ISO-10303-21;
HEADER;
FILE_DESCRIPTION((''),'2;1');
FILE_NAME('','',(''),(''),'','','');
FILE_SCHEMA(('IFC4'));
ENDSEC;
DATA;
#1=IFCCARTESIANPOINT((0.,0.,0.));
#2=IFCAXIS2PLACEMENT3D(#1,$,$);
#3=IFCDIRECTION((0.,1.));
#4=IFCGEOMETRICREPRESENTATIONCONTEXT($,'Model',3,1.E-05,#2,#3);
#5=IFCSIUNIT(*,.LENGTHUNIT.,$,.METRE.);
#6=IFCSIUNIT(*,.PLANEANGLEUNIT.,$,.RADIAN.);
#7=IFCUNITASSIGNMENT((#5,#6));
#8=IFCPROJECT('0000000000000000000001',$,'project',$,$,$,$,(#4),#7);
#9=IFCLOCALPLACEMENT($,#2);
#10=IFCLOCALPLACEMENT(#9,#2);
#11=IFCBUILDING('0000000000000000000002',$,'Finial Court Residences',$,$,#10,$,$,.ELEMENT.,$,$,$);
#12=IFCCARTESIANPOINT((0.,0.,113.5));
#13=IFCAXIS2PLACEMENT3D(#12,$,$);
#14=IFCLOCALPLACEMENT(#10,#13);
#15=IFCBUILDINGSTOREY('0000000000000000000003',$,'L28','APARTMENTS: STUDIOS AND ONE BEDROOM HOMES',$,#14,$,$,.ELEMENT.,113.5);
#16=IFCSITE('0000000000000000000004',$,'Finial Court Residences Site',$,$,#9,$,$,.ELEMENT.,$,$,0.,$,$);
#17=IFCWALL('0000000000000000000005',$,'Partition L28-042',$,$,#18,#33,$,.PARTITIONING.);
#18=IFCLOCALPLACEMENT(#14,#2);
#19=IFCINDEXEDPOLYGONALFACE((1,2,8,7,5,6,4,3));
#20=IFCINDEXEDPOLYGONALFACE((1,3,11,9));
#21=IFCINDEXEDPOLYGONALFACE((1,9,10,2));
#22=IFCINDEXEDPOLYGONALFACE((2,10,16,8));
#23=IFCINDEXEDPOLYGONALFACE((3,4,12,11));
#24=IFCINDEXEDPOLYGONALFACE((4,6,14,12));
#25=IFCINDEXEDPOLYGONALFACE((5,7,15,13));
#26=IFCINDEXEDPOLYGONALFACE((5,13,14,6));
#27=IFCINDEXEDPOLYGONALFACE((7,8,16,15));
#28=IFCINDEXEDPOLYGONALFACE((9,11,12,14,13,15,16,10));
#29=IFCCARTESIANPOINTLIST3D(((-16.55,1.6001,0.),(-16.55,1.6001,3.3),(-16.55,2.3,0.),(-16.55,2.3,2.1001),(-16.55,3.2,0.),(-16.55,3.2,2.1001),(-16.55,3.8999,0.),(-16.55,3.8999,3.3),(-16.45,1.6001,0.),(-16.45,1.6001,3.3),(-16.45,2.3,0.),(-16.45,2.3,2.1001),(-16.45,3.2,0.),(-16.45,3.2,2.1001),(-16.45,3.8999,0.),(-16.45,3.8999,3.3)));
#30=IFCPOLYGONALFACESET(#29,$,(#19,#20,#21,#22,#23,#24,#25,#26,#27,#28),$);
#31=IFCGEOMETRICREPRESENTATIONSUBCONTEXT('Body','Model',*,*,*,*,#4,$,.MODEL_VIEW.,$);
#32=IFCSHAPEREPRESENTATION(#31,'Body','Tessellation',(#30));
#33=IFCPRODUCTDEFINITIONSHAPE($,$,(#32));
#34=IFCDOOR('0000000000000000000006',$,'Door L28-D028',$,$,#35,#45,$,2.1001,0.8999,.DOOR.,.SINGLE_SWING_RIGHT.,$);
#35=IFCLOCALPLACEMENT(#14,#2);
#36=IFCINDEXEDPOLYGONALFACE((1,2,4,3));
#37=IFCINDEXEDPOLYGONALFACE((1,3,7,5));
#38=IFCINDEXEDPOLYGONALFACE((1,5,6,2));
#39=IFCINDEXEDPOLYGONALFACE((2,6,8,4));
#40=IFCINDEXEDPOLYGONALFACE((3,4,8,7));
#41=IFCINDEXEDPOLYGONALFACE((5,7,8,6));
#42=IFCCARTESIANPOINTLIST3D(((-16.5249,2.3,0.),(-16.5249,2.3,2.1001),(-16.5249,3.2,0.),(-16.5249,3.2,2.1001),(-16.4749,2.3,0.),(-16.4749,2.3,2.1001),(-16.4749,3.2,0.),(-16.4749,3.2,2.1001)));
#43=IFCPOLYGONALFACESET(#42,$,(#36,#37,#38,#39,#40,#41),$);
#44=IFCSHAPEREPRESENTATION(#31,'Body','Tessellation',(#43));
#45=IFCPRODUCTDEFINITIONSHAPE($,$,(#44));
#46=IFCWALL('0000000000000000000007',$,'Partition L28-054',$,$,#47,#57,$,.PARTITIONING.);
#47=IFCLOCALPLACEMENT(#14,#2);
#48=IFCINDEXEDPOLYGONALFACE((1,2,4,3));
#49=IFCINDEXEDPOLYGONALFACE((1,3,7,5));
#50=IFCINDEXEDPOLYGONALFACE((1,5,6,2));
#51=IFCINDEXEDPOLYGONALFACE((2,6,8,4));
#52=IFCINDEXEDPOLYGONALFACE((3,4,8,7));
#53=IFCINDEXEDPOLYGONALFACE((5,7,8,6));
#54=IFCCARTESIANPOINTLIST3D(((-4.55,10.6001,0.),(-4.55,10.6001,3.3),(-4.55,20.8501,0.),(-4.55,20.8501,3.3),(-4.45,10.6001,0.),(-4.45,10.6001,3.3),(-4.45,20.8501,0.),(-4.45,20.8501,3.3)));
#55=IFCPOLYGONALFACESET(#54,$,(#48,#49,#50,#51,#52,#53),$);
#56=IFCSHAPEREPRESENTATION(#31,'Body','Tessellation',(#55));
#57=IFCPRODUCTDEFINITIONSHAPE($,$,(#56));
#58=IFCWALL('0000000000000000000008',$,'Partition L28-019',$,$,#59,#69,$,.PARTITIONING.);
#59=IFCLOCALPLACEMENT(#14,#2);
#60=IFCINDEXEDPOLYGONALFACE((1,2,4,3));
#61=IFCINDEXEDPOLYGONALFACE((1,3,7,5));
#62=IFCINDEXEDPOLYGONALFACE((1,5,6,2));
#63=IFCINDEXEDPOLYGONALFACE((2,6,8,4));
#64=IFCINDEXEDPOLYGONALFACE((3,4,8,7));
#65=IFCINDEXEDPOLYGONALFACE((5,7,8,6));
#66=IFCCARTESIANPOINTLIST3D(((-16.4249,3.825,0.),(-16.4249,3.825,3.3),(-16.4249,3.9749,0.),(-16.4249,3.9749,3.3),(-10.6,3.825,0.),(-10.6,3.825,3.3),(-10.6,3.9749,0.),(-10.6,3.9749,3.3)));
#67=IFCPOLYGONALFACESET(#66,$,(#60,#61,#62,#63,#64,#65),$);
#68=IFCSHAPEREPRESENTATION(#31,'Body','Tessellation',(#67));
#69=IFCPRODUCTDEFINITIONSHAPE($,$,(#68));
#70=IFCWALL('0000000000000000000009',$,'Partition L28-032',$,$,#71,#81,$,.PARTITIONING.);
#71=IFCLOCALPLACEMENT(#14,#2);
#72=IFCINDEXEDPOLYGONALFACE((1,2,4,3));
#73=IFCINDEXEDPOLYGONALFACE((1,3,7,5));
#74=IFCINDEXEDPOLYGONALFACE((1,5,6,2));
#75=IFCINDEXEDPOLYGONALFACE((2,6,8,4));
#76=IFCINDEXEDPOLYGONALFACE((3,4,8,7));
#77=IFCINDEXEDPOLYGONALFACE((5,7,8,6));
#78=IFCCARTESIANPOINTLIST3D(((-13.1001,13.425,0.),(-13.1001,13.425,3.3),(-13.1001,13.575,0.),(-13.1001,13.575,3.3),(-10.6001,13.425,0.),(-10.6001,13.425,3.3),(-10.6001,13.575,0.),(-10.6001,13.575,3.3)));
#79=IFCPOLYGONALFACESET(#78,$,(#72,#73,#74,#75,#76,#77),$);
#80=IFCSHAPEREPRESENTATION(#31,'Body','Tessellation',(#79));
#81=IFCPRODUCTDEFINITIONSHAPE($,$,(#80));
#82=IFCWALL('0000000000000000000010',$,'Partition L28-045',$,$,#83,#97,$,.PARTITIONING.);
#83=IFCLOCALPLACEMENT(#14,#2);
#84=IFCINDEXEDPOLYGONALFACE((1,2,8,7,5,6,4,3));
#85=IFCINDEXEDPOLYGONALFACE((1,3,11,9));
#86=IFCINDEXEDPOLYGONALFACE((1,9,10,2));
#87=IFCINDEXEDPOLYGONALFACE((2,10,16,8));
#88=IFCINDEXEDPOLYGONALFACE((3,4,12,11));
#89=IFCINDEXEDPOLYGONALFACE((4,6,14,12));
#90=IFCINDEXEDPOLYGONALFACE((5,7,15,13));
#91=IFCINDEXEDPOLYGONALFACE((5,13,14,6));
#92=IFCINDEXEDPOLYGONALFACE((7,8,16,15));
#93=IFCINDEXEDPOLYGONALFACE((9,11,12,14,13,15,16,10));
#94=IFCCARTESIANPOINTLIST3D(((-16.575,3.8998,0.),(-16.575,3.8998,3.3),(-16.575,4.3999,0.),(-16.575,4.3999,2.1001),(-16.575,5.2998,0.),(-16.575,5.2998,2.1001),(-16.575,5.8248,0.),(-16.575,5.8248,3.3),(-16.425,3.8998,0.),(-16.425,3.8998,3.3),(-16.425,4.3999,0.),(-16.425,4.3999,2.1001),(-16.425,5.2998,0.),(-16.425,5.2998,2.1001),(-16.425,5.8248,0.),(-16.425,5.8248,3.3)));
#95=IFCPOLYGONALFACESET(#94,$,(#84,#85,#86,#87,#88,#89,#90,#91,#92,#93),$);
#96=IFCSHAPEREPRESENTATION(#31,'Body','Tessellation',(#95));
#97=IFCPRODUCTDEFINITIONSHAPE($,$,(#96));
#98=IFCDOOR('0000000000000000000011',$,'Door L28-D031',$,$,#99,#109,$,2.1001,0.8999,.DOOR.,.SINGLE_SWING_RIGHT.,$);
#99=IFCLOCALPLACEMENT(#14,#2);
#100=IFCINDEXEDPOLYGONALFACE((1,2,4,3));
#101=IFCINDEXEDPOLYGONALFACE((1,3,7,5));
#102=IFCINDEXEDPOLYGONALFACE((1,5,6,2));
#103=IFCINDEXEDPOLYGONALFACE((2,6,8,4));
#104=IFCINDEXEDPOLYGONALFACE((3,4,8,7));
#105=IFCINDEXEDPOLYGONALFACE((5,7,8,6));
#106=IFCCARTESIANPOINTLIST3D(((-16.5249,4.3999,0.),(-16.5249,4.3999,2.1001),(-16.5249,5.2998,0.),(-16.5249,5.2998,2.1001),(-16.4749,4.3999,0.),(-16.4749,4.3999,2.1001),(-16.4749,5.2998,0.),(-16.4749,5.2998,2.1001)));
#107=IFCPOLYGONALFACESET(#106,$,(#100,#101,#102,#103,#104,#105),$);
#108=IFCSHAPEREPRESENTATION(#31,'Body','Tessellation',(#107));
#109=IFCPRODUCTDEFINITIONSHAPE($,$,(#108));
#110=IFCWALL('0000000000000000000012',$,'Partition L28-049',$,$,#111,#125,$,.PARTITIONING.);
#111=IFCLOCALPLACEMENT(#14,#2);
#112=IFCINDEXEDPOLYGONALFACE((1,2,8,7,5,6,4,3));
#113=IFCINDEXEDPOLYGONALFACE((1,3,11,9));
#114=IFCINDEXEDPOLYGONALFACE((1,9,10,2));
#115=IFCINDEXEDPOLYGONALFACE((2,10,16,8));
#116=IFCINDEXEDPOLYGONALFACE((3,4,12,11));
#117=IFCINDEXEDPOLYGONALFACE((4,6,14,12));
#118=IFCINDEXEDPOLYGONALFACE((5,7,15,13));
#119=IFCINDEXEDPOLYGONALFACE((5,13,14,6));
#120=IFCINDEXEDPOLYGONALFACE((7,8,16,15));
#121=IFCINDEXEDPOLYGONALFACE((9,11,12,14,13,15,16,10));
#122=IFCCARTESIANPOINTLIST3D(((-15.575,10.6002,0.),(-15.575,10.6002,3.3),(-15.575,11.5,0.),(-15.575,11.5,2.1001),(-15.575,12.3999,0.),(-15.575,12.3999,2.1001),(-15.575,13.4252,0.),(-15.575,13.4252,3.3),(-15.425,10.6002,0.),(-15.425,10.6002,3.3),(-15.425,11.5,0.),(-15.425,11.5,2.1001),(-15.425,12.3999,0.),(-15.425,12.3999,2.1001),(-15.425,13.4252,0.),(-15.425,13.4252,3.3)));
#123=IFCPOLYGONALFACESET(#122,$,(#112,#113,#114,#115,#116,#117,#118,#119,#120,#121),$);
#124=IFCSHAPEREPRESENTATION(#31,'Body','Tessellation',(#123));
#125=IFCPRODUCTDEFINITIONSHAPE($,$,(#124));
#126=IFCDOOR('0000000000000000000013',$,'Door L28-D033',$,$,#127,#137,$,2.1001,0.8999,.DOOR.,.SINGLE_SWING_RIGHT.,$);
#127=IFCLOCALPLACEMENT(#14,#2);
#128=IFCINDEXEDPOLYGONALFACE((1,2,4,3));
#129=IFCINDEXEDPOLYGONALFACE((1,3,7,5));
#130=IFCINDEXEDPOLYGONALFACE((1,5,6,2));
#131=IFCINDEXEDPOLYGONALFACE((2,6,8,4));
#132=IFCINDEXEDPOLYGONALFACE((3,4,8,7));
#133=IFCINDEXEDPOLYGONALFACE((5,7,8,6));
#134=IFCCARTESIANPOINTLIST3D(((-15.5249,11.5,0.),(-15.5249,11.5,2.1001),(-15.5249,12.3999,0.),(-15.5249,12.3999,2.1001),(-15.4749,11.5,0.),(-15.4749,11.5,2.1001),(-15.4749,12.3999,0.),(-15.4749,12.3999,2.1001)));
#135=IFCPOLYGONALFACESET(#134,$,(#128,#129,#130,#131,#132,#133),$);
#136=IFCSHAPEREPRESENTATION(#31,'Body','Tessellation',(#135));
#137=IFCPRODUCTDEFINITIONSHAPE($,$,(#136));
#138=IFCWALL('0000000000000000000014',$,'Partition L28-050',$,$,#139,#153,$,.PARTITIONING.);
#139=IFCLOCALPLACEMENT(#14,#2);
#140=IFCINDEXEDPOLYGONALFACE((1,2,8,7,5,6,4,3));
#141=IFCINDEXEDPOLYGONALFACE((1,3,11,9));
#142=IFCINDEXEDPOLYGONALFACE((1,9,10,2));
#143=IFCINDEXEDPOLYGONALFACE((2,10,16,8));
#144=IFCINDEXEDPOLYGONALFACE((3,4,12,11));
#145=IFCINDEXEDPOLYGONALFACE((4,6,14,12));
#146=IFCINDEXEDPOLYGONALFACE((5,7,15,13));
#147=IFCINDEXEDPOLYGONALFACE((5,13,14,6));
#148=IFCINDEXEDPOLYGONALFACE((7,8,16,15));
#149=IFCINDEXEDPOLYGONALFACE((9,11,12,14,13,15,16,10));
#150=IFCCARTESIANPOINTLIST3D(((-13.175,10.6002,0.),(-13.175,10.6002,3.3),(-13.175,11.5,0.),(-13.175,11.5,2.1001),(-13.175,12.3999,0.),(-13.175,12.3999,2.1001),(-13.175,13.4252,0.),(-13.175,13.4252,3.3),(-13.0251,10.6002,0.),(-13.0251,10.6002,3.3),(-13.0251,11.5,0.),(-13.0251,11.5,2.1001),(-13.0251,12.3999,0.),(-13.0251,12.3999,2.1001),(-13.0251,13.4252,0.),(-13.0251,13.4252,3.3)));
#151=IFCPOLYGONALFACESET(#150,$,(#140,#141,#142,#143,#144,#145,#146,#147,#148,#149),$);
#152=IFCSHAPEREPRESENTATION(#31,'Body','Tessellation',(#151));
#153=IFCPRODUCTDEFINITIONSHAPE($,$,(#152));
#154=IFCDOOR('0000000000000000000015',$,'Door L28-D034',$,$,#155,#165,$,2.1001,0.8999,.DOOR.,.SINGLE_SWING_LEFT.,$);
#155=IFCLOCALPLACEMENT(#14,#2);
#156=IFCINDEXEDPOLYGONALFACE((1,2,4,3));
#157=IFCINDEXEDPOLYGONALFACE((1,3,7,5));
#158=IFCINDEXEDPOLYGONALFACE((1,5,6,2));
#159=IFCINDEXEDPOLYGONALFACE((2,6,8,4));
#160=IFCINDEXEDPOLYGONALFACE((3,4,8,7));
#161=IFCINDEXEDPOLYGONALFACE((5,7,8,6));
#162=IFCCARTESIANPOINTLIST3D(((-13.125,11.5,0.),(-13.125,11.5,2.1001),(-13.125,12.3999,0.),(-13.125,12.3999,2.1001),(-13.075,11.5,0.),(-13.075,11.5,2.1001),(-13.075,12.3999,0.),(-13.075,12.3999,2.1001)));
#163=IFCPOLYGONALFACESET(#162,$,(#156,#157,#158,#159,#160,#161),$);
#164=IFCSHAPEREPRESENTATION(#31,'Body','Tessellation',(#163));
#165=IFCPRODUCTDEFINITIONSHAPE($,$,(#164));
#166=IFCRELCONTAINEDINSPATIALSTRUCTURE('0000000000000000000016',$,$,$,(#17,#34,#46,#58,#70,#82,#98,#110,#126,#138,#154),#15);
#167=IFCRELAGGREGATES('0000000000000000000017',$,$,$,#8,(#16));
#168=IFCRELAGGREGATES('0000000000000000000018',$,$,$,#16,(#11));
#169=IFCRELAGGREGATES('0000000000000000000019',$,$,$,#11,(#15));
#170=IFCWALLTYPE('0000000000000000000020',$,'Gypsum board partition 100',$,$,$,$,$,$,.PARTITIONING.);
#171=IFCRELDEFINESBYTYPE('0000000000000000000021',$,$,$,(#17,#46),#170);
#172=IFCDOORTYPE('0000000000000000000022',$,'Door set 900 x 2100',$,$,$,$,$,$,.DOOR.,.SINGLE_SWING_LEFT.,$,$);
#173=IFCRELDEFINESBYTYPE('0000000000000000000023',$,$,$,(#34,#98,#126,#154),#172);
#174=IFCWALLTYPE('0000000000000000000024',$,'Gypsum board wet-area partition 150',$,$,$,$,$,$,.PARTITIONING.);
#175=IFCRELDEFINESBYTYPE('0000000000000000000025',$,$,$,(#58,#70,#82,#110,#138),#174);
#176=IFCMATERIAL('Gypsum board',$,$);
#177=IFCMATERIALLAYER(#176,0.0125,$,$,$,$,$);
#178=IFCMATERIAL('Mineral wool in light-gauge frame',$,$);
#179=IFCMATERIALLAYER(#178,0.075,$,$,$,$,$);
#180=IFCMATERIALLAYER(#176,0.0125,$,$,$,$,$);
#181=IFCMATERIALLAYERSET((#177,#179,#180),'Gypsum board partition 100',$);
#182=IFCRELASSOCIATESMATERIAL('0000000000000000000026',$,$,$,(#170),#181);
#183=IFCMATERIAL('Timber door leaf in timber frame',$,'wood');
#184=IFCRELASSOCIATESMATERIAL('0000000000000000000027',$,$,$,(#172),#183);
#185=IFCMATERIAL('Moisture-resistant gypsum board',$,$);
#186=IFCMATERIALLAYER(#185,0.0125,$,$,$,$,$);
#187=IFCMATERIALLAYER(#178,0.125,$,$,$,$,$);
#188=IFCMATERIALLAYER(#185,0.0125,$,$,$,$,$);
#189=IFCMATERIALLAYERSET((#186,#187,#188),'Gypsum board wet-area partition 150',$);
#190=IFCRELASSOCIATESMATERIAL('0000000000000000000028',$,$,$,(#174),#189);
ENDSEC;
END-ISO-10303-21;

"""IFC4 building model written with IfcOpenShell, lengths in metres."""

from ifc_helpers import new_model, si_unit, direction, frame, frame_2d, origin, place, context, subcontext, project, spatial, rectangle, extrude, material, layer, layer_set, type_object, element, fill, save


model = new_model("IFC4")

# Units and contexts
model_context = context("Model", 3, precision=1e-05, world=origin(), true_north=direction((0.0, 1.0)))
body_context = subcontext(model_context, "Body", "Model", "MODEL_VIEW")
ifc_project = project(units=[si_unit("LENGTHUNIT", "METRE"), si_unit("PLANEANGLEUNIT", "RADIAN")], contexts=[model_context])

# Site, building, storey
site_placement = place(None, origin())
site = spatial("IfcSite", under=ifc_project, at=site_placement, Name="Finial Court Residences Site", CompositionType="ELEMENT", RefElevation=0.0)
building_placement = place(site_placement, origin())
building = spatial("IfcBuilding", under=site, at=building_placement, Name="Finial Court Residences", CompositionType="ELEMENT")
storey_placement = place(building_placement, frame((0.0, 0.0, 113.5)))
storey = spatial("IfcBuildingStorey", under=building, at=storey_placement, Name="L28", Description="APARTMENTS: STUDIOS AND ONE BEDROOM HOMES", CompositionType="ELEMENT", Elevation=113.5)

# Shared definitions
ifc_material_1 = material(Name="Gypsum board")

# Wall, opening, door
ifc_layer_1 = layer(ifc_material_1, 0.0125)
ifc_material_2 = material(Name="Mineral wool in light-gauge frame")
ifc_layer_2 = layer(ifc_material_2, 0.075)
ifc_layer_3 = layer(ifc_material_1, 0.0125)
ifc_layer_set_1 = layer_set([ifc_layer_1, ifc_layer_2, ifc_layer_3], Name="Gypsum board partition 100")
wall_type_1 = type_object("IfcWallType", Name="Gypsum board partition 100", PredefinedType="PARTITIONING", material=ifc_layer_set_1)
ifc_material_3 = material(Name="Timber door leaf in timber frame", Category="wood")
door_type = type_object("IfcDoorType", Name="Door set 900 x 2100", OperationType="SINGLE_SWING_LEFT", PredefinedType="DOOR", material=ifc_material_3)
wall_1_placement = place(storey_placement, frame((-16.5, 1.6001, 0.0), z_axis=(0.0, 0.0, 1.0), x_axis=(0.0, 1.0, 0.0)))
wall_1 = element("IfcWall", 1, at=wall_1_placement, inside=storey, type_object=wall_type_1, Name="Partition L28-042", PredefinedType="PARTITIONING", context=body_context, shape_type="SweptSolid", body=[
    extrude(rectangle(XDim=2.2998, YDim=0.1001, at=frame_2d((1.1499, 0.0))), origin(), (0.0, 0.0, 1.0), 3.3),
])
opening_1_placement = place(wall_1_placement, frame((0.7, 0.0, 0.0)))
opening_1 = element("IfcOpeningElement", 2, at=opening_1_placement, cuts=wall_1, PredefinedType="OPENING", context=body_context, shape_type="SweptSolid", body=[
    extrude(rectangle(XDim=0.8999, YDim=2.1001, at=frame_2d((0.45, 1.05))), frame((0.0, 0.0601, 0.0), z_axis=(0.0, -1.0, 0.0), x_axis=(1.0, 0.0, 0.0)), (0.0, 0.0, 1.0), 0.1201),
])
door_1_placement = place(opening_1_placement, origin())
door_1 = element("IfcDoor", 3, at=door_1_placement, inside=storey, type_object=door_type, Name="Door L28-D028", OperationType="SINGLE_SWING_RIGHT", OverallHeight=2.1001, OverallWidth=0.8999, PredefinedType="DOOR", context=body_context, shape_type="SweptSolid", body=[
    extrude(rectangle(XDim=0.8999, YDim=2.1001, at=frame_2d((0.45, 1.05))), frame((0.0, 0.0249, 0.0), z_axis=(0.0, -1.0, 0.0), x_axis=(1.0, 0.0, 0.0)), (0.0, 0.0, 1.0), 0.05),
])
fill(opening_1, door_1)

# Walls
wall_2_placement = place(storey_placement, frame((-4.5, 10.6001, 0.0), z_axis=(0.0, 0.0, 1.0), x_axis=(0.0, 1.0, 0.0)))
element("IfcWall", 4, at=wall_2_placement, inside=storey, type_object=wall_type_1, Name="Partition L28-054", PredefinedType="PARTITIONING", context=body_context, shape_type="SweptSolid", body=[
    extrude(rectangle(XDim=10.25, YDim=0.1001, at=frame_2d((5.125, 0.0))), origin(), (0.0, 0.0, 1.0), 3.3),
])
ifc_material_4 = material(Name="Moisture-resistant gypsum board")
ifc_layer_4 = layer(ifc_material_4, 0.0125)
ifc_layer_5 = layer(ifc_material_2, 0.125)
ifc_layer_6 = layer(ifc_material_4, 0.0125)
ifc_layer_set_2 = layer_set([ifc_layer_4, ifc_layer_5, ifc_layer_6], Name="Gypsum board wet-area partition 150")
wall_type_2 = type_object("IfcWallType", Name="Gypsum board wet-area partition 150", PredefinedType="PARTITIONING", material=ifc_layer_set_2)
wall_3_placement = place(storey_placement, frame((-16.425, 3.8999, 0.0), z_axis=(0.0, 0.0, 1.0), x_axis=(1.0, 0.0, 0.0)))
element("IfcWall", 5, at=wall_3_placement, inside=storey, type_object=wall_type_2, Name="Partition L28-019", PredefinedType="PARTITIONING", context=body_context, shape_type="SweptSolid", body=[
    extrude(rectangle(XDim=5.825, YDim=0.1499, at=frame_2d((2.9126, 0.0))), origin(), (0.0, 0.0, 1.0), 3.3),
])
wall_4_placement = place(storey_placement, frame((-13.1001, 13.5, 0.0), z_axis=(0.0, 0.0, 1.0), x_axis=(1.0, 0.0, 0.0)))
element("IfcWall", 6, at=wall_4_placement, inside=storey, type_object=wall_type_2, Name="Partition L28-032", PredefinedType="PARTITIONING", context=body_context, shape_type="SweptSolid", body=[
    extrude(rectangle(XDim=2.5, YDim=0.1499, at=frame_2d((1.25, 0.0))), origin(), (0.0, 0.0, 1.0), 3.3),
])

# Walls, openings, doors
wall_5_placement = place(storey_placement, frame((-16.5, 3.8999, 0.0), z_axis=(0.0, 0.0, 1.0), x_axis=(0.0, 1.0, 0.0)))
wall_5 = element("IfcWall", 7, at=wall_5_placement, inside=storey, type_object=wall_type_2, Name="Partition L28-045", PredefinedType="PARTITIONING", context=body_context, shape_type="SweptSolid", body=[
    extrude(rectangle(XDim=1.925, YDim=0.1499, at=frame_2d((0.9624, 0.0))), origin(), (0.0, 0.0, 1.0), 3.3),
])
opening_2_placement = place(wall_5_placement, frame((0.5, 0.0, 0.0)))
opening_2 = element("IfcOpeningElement", 8, at=opening_2_placement, cuts=wall_5, PredefinedType="OPENING", context=body_context, shape_type="SweptSolid", body=[
    extrude(rectangle(XDim=0.8999, YDim=2.1001, at=frame_2d((0.45, 1.05))), frame((0.0, 0.085, 0.0), z_axis=(0.0, -1.0, 0.0), x_axis=(1.0, 0.0, 0.0)), (0.0, 0.0, 1.0), 0.1699),
])
door_2_placement = place(opening_2_placement, origin())
door_2 = element("IfcDoor", 9, at=door_2_placement, inside=storey, type_object=door_type, Name="Door L28-D031", OperationType="SINGLE_SWING_RIGHT", OverallHeight=2.1001, OverallWidth=0.8999, PredefinedType="DOOR", context=body_context, shape_type="SweptSolid", body=[
    extrude(rectangle(XDim=0.8999, YDim=2.1001, at=frame_2d((0.45, 1.05))), frame((0.0, 0.0249, 0.0), z_axis=(0.0, -1.0, 0.0), x_axis=(1.0, 0.0, 0.0)), (0.0, 0.0, 1.0), 0.05),
])
fill(opening_2, door_2)
wall_6_placement = place(storey_placement, frame((-15.5, 10.6001, 0.0), z_axis=(0.0, 0.0, 1.0), x_axis=(0.0, 1.0, 0.0)))
wall_6 = element("IfcWall", 10, at=wall_6_placement, inside=storey, type_object=wall_type_2, Name="Partition L28-049", PredefinedType="PARTITIONING", context=body_context, shape_type="SweptSolid", body=[
    extrude(rectangle(XDim=2.825, YDim=0.1499, at=frame_2d((1.4126, 0.0))), origin(), (0.0, 0.0, 1.0), 3.3),
])
opening_3_placement = place(wall_6_placement, frame((0.8999, 0.0, 0.0)))
opening_3 = element("IfcOpeningElement", 11, at=opening_3_placement, cuts=wall_6, PredefinedType="OPENING", context=body_context, shape_type="SweptSolid", body=[
    extrude(rectangle(XDim=0.8999, YDim=2.1001, at=frame_2d((0.45, 1.05))), frame((0.0, 0.085, 0.0), z_axis=(0.0, -1.0, 0.0), x_axis=(1.0, 0.0, 0.0)), (0.0, 0.0, 1.0), 0.1699),
])
door_3_placement = place(opening_3_placement, origin())
door_3 = element("IfcDoor", 12, at=door_3_placement, inside=storey, type_object=door_type, Name="Door L28-D033", OperationType="SINGLE_SWING_RIGHT", OverallHeight=2.1001, OverallWidth=0.8999, PredefinedType="DOOR", context=body_context, shape_type="SweptSolid", body=[
    extrude(rectangle(XDim=0.8999, YDim=2.1001, at=frame_2d((0.45, 1.05))), frame((0.0, 0.0249, 0.0), z_axis=(0.0, -1.0, 0.0), x_axis=(1.0, 0.0, 0.0)), (0.0, 0.0, 1.0), 0.05),
])
fill(opening_3, door_3)
wall_7_placement = place(storey_placement, frame((-13.1001, 10.6001, 0.0), z_axis=(0.0, 0.0, 1.0), x_axis=(0.0, 1.0, 0.0)))
wall_7 = element("IfcWall", 13, at=wall_7_placement, inside=storey, type_object=wall_type_2, Name="Partition L28-050", PredefinedType="PARTITIONING", context=body_context, shape_type="SweptSolid", body=[
    extrude(rectangle(XDim=2.825, YDim=0.1499, at=frame_2d((1.4126, 0.0))), origin(), (0.0, 0.0, 1.0), 3.3),
])
opening_4_placement = place(wall_7_placement, frame((0.8999, 0.0, 0.0)))
opening_4 = element("IfcOpeningElement", 14, at=opening_4_placement, cuts=wall_7, PredefinedType="OPENING", context=body_context, shape_type="SweptSolid", body=[
    extrude(rectangle(XDim=0.8999, YDim=2.1001, at=frame_2d((0.45, 1.05))), frame((0.0, 0.085, 0.0), z_axis=(0.0, -1.0, 0.0), x_axis=(1.0, 0.0, 0.0)), (0.0, 0.0, 1.0), 0.1699),
])
door_4_placement = place(opening_4_placement, origin())
door_4 = element("IfcDoor", 15, at=door_4_placement, inside=storey, type_object=door_type, Name="Door L28-D034", OperationType="SINGLE_SWING_LEFT", OverallHeight=2.1001, OverallWidth=0.8999, PredefinedType="DOOR", context=body_context, shape_type="SweptSolid", body=[
    extrude(rectangle(XDim=0.8999, YDim=2.1001, at=frame_2d((0.45, 1.05))), frame((0.0, 0.0249, 0.0), z_axis=(0.0, -1.0, 0.0), x_axis=(1.0, 0.0, 0.0)), (0.0, 0.0, 1.0), 0.05),
])
fill(opening_4, door_4)

save(model, "model.ifc")
